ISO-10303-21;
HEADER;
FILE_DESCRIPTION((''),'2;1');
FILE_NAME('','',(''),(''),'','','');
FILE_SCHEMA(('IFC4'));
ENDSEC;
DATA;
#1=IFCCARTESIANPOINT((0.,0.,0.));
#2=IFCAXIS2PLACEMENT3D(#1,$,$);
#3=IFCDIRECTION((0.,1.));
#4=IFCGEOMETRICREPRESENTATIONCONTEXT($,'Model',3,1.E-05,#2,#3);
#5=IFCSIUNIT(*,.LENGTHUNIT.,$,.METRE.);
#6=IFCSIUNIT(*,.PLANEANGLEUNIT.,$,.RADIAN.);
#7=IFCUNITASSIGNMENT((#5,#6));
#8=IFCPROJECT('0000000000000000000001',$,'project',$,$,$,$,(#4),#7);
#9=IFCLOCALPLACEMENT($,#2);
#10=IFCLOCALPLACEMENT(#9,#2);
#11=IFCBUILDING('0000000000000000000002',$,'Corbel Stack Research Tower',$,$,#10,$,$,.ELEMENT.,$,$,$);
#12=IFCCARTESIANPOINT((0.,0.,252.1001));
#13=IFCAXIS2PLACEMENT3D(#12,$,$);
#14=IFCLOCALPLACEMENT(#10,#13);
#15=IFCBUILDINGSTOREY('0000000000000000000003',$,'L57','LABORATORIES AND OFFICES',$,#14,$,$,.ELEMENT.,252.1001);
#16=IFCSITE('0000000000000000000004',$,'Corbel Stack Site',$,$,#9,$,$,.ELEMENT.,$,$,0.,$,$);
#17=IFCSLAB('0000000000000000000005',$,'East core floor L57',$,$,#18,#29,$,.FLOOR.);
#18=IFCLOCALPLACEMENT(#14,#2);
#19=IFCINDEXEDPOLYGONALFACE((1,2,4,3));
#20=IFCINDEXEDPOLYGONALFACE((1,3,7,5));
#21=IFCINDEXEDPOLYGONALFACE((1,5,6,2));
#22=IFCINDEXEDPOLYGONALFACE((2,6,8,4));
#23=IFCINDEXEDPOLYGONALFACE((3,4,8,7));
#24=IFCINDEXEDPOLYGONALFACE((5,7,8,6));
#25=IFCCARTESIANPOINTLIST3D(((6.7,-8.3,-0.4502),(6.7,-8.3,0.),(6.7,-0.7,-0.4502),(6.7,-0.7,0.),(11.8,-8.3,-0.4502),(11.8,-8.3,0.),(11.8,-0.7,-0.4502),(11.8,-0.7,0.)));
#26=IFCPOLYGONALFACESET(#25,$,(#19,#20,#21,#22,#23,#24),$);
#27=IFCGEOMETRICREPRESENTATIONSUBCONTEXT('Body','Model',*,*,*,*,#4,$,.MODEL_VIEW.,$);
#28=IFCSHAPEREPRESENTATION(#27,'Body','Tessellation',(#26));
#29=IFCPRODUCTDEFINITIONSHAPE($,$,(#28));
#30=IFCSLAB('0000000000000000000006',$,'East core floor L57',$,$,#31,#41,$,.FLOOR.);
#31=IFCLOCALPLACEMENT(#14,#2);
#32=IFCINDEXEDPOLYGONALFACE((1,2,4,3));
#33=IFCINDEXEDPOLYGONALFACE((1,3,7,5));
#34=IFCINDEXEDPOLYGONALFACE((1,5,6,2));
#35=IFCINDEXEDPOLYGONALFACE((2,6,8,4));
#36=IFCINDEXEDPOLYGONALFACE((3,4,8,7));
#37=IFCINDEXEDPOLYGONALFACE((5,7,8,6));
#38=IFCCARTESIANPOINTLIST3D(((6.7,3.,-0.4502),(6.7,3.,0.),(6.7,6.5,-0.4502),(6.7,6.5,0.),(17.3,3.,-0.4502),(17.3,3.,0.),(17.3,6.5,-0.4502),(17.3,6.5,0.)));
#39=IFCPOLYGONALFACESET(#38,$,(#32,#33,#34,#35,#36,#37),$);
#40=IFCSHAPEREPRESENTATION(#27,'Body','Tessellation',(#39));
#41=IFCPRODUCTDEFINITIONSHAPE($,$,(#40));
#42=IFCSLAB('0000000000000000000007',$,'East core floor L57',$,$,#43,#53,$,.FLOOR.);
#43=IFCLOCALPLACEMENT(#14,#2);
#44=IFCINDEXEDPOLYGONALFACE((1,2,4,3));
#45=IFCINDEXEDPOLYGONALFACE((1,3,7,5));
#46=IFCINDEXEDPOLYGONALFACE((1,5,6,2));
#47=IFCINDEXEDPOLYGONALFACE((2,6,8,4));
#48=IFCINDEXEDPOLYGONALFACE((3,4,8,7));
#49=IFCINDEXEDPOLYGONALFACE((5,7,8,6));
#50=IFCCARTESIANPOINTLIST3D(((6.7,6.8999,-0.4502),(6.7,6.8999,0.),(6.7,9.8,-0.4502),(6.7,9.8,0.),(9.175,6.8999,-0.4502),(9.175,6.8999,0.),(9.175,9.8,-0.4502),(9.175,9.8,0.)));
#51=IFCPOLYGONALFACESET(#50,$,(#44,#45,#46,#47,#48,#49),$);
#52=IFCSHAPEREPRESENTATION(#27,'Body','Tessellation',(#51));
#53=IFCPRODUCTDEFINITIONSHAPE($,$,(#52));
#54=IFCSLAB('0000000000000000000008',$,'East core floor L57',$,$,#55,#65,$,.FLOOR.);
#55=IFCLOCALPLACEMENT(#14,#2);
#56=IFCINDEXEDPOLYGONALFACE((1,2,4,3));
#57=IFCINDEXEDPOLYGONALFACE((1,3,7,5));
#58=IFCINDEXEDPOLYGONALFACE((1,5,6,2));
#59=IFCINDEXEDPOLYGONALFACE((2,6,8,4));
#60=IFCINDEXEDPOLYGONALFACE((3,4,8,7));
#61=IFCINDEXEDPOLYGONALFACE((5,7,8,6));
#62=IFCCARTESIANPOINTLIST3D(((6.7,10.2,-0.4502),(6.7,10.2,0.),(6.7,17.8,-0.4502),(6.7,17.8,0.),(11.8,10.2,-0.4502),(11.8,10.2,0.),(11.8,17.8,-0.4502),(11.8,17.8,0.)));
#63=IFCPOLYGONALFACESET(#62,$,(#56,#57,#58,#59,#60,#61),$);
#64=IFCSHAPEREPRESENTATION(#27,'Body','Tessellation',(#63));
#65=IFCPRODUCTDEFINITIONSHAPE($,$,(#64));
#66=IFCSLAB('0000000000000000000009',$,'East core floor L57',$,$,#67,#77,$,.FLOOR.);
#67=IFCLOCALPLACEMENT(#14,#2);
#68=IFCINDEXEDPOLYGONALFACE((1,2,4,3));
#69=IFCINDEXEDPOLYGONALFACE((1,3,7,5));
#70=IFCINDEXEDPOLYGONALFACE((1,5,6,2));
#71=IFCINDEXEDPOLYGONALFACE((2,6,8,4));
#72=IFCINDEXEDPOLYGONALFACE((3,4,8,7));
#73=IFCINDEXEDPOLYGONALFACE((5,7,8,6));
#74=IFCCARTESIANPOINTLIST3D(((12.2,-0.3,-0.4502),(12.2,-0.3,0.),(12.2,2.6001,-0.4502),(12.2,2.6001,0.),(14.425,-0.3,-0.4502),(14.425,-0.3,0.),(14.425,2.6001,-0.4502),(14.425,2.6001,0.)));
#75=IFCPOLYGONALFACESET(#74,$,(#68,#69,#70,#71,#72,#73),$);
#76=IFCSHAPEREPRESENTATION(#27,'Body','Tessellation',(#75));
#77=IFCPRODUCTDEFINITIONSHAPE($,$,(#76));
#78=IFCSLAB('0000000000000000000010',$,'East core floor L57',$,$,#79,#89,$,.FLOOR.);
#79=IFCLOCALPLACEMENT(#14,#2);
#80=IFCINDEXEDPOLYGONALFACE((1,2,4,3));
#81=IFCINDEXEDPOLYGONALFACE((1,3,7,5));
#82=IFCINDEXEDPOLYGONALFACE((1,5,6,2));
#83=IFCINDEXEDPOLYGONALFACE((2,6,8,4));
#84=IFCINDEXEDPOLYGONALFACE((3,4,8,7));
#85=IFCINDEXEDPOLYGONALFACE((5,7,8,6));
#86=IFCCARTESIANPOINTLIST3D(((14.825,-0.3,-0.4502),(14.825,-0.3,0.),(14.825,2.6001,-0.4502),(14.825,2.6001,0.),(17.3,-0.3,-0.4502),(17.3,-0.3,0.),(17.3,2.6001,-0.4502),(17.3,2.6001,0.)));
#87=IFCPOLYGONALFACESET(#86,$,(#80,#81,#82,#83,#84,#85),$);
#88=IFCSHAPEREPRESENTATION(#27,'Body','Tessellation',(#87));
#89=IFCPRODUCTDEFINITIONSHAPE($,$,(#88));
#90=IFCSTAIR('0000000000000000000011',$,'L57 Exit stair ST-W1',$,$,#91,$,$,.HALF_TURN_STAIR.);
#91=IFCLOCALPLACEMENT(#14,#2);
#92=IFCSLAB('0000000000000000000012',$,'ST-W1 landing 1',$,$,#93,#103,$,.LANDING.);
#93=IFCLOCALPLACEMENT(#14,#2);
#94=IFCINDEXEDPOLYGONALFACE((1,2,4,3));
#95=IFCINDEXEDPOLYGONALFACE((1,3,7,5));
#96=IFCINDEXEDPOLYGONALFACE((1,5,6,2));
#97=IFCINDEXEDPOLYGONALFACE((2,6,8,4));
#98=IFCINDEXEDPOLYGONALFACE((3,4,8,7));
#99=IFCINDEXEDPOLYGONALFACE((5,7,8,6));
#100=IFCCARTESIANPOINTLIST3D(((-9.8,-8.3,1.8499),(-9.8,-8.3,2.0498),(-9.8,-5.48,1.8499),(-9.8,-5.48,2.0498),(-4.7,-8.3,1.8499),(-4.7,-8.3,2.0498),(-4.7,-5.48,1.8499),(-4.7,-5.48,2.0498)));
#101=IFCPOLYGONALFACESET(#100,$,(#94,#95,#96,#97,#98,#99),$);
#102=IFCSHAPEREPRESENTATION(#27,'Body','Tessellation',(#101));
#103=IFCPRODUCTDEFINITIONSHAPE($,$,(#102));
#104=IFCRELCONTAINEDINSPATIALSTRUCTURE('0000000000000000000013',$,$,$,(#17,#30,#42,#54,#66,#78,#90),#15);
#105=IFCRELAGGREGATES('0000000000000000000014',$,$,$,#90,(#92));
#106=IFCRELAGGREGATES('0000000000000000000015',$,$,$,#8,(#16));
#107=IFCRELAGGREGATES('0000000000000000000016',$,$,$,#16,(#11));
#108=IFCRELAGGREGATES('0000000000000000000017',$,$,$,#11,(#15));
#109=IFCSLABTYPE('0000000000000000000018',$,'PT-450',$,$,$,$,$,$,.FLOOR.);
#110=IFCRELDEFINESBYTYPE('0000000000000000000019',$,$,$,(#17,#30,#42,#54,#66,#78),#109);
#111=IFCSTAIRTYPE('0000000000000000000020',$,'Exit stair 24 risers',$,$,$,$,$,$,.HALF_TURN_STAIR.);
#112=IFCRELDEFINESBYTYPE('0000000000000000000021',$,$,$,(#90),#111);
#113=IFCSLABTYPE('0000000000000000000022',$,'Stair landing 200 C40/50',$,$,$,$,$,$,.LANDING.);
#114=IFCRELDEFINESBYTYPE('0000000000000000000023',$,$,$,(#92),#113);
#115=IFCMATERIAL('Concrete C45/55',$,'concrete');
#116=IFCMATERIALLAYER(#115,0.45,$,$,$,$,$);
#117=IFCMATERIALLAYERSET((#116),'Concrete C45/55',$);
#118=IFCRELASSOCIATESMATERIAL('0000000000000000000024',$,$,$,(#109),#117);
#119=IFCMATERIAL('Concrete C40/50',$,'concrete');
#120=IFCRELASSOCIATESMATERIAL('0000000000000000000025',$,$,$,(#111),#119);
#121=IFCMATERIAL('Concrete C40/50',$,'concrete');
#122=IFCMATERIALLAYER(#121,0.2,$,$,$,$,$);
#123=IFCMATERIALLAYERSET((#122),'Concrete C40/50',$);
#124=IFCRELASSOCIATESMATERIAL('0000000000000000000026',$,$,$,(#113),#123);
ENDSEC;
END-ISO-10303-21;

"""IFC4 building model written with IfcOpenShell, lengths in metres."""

from ifc_helpers import new_model, si_unit, direction, frame, origin, place, context, subcontext, project, spatial, polyline, outline, extrude, material, layer, layer_set, type_object, element, aggregate, save


model = new_model("IFC4")

# Units and contexts
model_context = context("Model", 3, precision=1e-05, world=origin(), true_north=direction((0.0, 1.0)))
body_context = subcontext(model_context, "Body", "Model", "MODEL_VIEW")
ifc_project = project(units=[si_unit("LENGTHUNIT", "METRE"), si_unit("PLANEANGLEUNIT", "RADIAN")], contexts=[model_context])

# Site, building, storey
site_placement = place(None, origin())
site = spatial("IfcSite", under=ifc_project, at=site_placement, Name="Corbel Stack Site", CompositionType="ELEMENT", RefElevation=0.0)
building_placement = place(site_placement, origin())
building = spatial("IfcBuilding", under=site, at=building_placement, Name="Corbel Stack Research Tower", CompositionType="ELEMENT")
storey_placement = place(building_placement, frame((0.0, 0.0, 252.1001)))
storey = spatial("IfcBuildingStorey", under=building, at=storey_placement, Name="L57", Description="LABORATORIES AND OFFICES", CompositionType="ELEMENT", Elevation=252.1001)

# Slabs
ifc_material_1 = material(Name="Concrete C45/55", Category="concrete")
ifc_layer_1 = layer(ifc_material_1, 0.45)
ifc_layer_set_1 = layer_set([ifc_layer_1], Name="Concrete C45/55")
slab_type_1 = type_object("IfcSlabType", Name="PT-450", PredefinedType="FLOOR", material=ifc_layer_set_1)
slab_1_placement = place(storey_placement, frame((0.0, 0.0, -0.4502)))
element("IfcSlab", 1, at=slab_1_placement, inside=storey, type_object=slab_type_1, Name="East core floor L57", PredefinedType="FLOOR", context=body_context, shape_type="SweptSolid", body=[
    extrude(outline(polyline([(6.7, -8.3), (11.8, -8.3), (11.8, -0.7), (6.7, -0.7), (6.7, -8.3)])), origin(), (0.0, 0.0, 1.0), 0.4502),
])
slab_2_placement = place(storey_placement, frame((0.0, 0.0, -0.4502)))
element("IfcSlab", 2, at=slab_2_placement, inside=storey, type_object=slab_type_1, Name="East core floor L57", PredefinedType="FLOOR", context=body_context, shape_type="SweptSolid", body=[
    extrude(outline(polyline([(6.7, 3.0), (17.3, 3.0), (17.3, 6.5), (6.7, 6.5), (6.7, 3.0)])), origin(), (0.0, 0.0, 1.0), 0.4502),
])
slab_3_placement = place(storey_placement, frame((0.0, 0.0, -0.4502)))
element("IfcSlab", 3, at=slab_3_placement, inside=storey, type_object=slab_type_1, Name="East core floor L57", PredefinedType="FLOOR", context=body_context, shape_type="SweptSolid", body=[
    extrude(outline(polyline([(6.7, 6.8999), (9.175, 6.8999), (9.175, 9.8), (6.7, 9.8), (6.7, 6.8999)])), origin(), (0.0, 0.0, 1.0), 0.4502),
])
slab_4_placement = place(storey_placement, frame((0.0, 0.0, -0.4502)))
element("IfcSlab", 4, at=slab_4_placement, inside=storey, type_object=slab_type_1, Name="East core floor L57", PredefinedType="FLOOR", context=body_context, shape_type="SweptSolid", body=[
    extrude(outline(polyline([(6.7, 10.2), (11.8, 10.2), (11.8, 17.8), (6.7, 17.8), (6.7, 10.2)])), origin(), (0.0, 0.0, 1.0), 0.4502),
])
slab_5_placement = place(storey_placement, frame((0.0, 0.0, -0.4502)))
element("IfcSlab", 5, at=slab_5_placement, inside=storey, type_object=slab_type_1, Name="East core floor L57", PredefinedType="FLOOR", context=body_context, shape_type="SweptSolid", body=[
    extrude(outline(polyline([(12.2, 2.6001), (12.2, -0.3), (14.425, -0.3), (14.425, 2.6001), (12.2, 2.6001)])), origin(), (0.0, 0.0, 1.0), 0.4502),
])
slab_6_placement = place(storey_placement, frame((0.0, 0.0, -0.4502)))
element("IfcSlab", 6, at=slab_6_placement, inside=storey, type_object=slab_type_1, Name="East core floor L57", PredefinedType="FLOOR", context=body_context, shape_type="SweptSolid", body=[
    extrude(outline(polyline([(14.825, 2.6001), (14.825, -0.3), (17.3, -0.3), (17.3, 2.6001), (14.825, 2.6001)])), origin(), (0.0, 0.0, 1.0), 0.4502),
])

# Stair, slab
ifc_material_2 = material(Name="Concrete C40/50", Category="concrete")
stair_type = type_object("IfcStairType", Name="Exit stair 24 risers", PredefinedType="HALF_TURN_STAIR", material=ifc_material_2)
stair_placement = place(storey_placement, origin())
stair = element("IfcStair", 7, at=stair_placement, inside=storey, type_object=stair_type, Name="L57 Exit stair ST-W1", PredefinedType="HALF_TURN_STAIR")
ifc_material_3 = material(Name="Concrete C40/50", Category="concrete")
ifc_layer_2 = layer(ifc_material_3, 0.2)
ifc_layer_set_2 = layer_set([ifc_layer_2], Name="Concrete C40/50")
slab_type_2 = type_object("IfcSlabType", Name="Stair landing 200 C40/50", PredefinedType="LANDING", material=ifc_layer_set_2)
slab_7_placement = place(storey_placement, frame((0.0, 0.0, 1.8499)))
slab_7 = element("IfcSlab", 8, at=slab_7_placement, type_object=slab_type_2, Name="ST-W1 landing 1", PredefinedType="LANDING", context=body_context, shape_type="SweptSolid", body=[
    extrude(outline(polyline([(-9.8, -8.3), (-9.8, -5.48), (-4.7, -5.48), (-4.7, -8.3), (-9.8, -8.3)])), origin(), (0.0, 0.0, 1.0), 0.2),
])
aggregate(stair, [slab_7])

save(model, "model.ifc")
